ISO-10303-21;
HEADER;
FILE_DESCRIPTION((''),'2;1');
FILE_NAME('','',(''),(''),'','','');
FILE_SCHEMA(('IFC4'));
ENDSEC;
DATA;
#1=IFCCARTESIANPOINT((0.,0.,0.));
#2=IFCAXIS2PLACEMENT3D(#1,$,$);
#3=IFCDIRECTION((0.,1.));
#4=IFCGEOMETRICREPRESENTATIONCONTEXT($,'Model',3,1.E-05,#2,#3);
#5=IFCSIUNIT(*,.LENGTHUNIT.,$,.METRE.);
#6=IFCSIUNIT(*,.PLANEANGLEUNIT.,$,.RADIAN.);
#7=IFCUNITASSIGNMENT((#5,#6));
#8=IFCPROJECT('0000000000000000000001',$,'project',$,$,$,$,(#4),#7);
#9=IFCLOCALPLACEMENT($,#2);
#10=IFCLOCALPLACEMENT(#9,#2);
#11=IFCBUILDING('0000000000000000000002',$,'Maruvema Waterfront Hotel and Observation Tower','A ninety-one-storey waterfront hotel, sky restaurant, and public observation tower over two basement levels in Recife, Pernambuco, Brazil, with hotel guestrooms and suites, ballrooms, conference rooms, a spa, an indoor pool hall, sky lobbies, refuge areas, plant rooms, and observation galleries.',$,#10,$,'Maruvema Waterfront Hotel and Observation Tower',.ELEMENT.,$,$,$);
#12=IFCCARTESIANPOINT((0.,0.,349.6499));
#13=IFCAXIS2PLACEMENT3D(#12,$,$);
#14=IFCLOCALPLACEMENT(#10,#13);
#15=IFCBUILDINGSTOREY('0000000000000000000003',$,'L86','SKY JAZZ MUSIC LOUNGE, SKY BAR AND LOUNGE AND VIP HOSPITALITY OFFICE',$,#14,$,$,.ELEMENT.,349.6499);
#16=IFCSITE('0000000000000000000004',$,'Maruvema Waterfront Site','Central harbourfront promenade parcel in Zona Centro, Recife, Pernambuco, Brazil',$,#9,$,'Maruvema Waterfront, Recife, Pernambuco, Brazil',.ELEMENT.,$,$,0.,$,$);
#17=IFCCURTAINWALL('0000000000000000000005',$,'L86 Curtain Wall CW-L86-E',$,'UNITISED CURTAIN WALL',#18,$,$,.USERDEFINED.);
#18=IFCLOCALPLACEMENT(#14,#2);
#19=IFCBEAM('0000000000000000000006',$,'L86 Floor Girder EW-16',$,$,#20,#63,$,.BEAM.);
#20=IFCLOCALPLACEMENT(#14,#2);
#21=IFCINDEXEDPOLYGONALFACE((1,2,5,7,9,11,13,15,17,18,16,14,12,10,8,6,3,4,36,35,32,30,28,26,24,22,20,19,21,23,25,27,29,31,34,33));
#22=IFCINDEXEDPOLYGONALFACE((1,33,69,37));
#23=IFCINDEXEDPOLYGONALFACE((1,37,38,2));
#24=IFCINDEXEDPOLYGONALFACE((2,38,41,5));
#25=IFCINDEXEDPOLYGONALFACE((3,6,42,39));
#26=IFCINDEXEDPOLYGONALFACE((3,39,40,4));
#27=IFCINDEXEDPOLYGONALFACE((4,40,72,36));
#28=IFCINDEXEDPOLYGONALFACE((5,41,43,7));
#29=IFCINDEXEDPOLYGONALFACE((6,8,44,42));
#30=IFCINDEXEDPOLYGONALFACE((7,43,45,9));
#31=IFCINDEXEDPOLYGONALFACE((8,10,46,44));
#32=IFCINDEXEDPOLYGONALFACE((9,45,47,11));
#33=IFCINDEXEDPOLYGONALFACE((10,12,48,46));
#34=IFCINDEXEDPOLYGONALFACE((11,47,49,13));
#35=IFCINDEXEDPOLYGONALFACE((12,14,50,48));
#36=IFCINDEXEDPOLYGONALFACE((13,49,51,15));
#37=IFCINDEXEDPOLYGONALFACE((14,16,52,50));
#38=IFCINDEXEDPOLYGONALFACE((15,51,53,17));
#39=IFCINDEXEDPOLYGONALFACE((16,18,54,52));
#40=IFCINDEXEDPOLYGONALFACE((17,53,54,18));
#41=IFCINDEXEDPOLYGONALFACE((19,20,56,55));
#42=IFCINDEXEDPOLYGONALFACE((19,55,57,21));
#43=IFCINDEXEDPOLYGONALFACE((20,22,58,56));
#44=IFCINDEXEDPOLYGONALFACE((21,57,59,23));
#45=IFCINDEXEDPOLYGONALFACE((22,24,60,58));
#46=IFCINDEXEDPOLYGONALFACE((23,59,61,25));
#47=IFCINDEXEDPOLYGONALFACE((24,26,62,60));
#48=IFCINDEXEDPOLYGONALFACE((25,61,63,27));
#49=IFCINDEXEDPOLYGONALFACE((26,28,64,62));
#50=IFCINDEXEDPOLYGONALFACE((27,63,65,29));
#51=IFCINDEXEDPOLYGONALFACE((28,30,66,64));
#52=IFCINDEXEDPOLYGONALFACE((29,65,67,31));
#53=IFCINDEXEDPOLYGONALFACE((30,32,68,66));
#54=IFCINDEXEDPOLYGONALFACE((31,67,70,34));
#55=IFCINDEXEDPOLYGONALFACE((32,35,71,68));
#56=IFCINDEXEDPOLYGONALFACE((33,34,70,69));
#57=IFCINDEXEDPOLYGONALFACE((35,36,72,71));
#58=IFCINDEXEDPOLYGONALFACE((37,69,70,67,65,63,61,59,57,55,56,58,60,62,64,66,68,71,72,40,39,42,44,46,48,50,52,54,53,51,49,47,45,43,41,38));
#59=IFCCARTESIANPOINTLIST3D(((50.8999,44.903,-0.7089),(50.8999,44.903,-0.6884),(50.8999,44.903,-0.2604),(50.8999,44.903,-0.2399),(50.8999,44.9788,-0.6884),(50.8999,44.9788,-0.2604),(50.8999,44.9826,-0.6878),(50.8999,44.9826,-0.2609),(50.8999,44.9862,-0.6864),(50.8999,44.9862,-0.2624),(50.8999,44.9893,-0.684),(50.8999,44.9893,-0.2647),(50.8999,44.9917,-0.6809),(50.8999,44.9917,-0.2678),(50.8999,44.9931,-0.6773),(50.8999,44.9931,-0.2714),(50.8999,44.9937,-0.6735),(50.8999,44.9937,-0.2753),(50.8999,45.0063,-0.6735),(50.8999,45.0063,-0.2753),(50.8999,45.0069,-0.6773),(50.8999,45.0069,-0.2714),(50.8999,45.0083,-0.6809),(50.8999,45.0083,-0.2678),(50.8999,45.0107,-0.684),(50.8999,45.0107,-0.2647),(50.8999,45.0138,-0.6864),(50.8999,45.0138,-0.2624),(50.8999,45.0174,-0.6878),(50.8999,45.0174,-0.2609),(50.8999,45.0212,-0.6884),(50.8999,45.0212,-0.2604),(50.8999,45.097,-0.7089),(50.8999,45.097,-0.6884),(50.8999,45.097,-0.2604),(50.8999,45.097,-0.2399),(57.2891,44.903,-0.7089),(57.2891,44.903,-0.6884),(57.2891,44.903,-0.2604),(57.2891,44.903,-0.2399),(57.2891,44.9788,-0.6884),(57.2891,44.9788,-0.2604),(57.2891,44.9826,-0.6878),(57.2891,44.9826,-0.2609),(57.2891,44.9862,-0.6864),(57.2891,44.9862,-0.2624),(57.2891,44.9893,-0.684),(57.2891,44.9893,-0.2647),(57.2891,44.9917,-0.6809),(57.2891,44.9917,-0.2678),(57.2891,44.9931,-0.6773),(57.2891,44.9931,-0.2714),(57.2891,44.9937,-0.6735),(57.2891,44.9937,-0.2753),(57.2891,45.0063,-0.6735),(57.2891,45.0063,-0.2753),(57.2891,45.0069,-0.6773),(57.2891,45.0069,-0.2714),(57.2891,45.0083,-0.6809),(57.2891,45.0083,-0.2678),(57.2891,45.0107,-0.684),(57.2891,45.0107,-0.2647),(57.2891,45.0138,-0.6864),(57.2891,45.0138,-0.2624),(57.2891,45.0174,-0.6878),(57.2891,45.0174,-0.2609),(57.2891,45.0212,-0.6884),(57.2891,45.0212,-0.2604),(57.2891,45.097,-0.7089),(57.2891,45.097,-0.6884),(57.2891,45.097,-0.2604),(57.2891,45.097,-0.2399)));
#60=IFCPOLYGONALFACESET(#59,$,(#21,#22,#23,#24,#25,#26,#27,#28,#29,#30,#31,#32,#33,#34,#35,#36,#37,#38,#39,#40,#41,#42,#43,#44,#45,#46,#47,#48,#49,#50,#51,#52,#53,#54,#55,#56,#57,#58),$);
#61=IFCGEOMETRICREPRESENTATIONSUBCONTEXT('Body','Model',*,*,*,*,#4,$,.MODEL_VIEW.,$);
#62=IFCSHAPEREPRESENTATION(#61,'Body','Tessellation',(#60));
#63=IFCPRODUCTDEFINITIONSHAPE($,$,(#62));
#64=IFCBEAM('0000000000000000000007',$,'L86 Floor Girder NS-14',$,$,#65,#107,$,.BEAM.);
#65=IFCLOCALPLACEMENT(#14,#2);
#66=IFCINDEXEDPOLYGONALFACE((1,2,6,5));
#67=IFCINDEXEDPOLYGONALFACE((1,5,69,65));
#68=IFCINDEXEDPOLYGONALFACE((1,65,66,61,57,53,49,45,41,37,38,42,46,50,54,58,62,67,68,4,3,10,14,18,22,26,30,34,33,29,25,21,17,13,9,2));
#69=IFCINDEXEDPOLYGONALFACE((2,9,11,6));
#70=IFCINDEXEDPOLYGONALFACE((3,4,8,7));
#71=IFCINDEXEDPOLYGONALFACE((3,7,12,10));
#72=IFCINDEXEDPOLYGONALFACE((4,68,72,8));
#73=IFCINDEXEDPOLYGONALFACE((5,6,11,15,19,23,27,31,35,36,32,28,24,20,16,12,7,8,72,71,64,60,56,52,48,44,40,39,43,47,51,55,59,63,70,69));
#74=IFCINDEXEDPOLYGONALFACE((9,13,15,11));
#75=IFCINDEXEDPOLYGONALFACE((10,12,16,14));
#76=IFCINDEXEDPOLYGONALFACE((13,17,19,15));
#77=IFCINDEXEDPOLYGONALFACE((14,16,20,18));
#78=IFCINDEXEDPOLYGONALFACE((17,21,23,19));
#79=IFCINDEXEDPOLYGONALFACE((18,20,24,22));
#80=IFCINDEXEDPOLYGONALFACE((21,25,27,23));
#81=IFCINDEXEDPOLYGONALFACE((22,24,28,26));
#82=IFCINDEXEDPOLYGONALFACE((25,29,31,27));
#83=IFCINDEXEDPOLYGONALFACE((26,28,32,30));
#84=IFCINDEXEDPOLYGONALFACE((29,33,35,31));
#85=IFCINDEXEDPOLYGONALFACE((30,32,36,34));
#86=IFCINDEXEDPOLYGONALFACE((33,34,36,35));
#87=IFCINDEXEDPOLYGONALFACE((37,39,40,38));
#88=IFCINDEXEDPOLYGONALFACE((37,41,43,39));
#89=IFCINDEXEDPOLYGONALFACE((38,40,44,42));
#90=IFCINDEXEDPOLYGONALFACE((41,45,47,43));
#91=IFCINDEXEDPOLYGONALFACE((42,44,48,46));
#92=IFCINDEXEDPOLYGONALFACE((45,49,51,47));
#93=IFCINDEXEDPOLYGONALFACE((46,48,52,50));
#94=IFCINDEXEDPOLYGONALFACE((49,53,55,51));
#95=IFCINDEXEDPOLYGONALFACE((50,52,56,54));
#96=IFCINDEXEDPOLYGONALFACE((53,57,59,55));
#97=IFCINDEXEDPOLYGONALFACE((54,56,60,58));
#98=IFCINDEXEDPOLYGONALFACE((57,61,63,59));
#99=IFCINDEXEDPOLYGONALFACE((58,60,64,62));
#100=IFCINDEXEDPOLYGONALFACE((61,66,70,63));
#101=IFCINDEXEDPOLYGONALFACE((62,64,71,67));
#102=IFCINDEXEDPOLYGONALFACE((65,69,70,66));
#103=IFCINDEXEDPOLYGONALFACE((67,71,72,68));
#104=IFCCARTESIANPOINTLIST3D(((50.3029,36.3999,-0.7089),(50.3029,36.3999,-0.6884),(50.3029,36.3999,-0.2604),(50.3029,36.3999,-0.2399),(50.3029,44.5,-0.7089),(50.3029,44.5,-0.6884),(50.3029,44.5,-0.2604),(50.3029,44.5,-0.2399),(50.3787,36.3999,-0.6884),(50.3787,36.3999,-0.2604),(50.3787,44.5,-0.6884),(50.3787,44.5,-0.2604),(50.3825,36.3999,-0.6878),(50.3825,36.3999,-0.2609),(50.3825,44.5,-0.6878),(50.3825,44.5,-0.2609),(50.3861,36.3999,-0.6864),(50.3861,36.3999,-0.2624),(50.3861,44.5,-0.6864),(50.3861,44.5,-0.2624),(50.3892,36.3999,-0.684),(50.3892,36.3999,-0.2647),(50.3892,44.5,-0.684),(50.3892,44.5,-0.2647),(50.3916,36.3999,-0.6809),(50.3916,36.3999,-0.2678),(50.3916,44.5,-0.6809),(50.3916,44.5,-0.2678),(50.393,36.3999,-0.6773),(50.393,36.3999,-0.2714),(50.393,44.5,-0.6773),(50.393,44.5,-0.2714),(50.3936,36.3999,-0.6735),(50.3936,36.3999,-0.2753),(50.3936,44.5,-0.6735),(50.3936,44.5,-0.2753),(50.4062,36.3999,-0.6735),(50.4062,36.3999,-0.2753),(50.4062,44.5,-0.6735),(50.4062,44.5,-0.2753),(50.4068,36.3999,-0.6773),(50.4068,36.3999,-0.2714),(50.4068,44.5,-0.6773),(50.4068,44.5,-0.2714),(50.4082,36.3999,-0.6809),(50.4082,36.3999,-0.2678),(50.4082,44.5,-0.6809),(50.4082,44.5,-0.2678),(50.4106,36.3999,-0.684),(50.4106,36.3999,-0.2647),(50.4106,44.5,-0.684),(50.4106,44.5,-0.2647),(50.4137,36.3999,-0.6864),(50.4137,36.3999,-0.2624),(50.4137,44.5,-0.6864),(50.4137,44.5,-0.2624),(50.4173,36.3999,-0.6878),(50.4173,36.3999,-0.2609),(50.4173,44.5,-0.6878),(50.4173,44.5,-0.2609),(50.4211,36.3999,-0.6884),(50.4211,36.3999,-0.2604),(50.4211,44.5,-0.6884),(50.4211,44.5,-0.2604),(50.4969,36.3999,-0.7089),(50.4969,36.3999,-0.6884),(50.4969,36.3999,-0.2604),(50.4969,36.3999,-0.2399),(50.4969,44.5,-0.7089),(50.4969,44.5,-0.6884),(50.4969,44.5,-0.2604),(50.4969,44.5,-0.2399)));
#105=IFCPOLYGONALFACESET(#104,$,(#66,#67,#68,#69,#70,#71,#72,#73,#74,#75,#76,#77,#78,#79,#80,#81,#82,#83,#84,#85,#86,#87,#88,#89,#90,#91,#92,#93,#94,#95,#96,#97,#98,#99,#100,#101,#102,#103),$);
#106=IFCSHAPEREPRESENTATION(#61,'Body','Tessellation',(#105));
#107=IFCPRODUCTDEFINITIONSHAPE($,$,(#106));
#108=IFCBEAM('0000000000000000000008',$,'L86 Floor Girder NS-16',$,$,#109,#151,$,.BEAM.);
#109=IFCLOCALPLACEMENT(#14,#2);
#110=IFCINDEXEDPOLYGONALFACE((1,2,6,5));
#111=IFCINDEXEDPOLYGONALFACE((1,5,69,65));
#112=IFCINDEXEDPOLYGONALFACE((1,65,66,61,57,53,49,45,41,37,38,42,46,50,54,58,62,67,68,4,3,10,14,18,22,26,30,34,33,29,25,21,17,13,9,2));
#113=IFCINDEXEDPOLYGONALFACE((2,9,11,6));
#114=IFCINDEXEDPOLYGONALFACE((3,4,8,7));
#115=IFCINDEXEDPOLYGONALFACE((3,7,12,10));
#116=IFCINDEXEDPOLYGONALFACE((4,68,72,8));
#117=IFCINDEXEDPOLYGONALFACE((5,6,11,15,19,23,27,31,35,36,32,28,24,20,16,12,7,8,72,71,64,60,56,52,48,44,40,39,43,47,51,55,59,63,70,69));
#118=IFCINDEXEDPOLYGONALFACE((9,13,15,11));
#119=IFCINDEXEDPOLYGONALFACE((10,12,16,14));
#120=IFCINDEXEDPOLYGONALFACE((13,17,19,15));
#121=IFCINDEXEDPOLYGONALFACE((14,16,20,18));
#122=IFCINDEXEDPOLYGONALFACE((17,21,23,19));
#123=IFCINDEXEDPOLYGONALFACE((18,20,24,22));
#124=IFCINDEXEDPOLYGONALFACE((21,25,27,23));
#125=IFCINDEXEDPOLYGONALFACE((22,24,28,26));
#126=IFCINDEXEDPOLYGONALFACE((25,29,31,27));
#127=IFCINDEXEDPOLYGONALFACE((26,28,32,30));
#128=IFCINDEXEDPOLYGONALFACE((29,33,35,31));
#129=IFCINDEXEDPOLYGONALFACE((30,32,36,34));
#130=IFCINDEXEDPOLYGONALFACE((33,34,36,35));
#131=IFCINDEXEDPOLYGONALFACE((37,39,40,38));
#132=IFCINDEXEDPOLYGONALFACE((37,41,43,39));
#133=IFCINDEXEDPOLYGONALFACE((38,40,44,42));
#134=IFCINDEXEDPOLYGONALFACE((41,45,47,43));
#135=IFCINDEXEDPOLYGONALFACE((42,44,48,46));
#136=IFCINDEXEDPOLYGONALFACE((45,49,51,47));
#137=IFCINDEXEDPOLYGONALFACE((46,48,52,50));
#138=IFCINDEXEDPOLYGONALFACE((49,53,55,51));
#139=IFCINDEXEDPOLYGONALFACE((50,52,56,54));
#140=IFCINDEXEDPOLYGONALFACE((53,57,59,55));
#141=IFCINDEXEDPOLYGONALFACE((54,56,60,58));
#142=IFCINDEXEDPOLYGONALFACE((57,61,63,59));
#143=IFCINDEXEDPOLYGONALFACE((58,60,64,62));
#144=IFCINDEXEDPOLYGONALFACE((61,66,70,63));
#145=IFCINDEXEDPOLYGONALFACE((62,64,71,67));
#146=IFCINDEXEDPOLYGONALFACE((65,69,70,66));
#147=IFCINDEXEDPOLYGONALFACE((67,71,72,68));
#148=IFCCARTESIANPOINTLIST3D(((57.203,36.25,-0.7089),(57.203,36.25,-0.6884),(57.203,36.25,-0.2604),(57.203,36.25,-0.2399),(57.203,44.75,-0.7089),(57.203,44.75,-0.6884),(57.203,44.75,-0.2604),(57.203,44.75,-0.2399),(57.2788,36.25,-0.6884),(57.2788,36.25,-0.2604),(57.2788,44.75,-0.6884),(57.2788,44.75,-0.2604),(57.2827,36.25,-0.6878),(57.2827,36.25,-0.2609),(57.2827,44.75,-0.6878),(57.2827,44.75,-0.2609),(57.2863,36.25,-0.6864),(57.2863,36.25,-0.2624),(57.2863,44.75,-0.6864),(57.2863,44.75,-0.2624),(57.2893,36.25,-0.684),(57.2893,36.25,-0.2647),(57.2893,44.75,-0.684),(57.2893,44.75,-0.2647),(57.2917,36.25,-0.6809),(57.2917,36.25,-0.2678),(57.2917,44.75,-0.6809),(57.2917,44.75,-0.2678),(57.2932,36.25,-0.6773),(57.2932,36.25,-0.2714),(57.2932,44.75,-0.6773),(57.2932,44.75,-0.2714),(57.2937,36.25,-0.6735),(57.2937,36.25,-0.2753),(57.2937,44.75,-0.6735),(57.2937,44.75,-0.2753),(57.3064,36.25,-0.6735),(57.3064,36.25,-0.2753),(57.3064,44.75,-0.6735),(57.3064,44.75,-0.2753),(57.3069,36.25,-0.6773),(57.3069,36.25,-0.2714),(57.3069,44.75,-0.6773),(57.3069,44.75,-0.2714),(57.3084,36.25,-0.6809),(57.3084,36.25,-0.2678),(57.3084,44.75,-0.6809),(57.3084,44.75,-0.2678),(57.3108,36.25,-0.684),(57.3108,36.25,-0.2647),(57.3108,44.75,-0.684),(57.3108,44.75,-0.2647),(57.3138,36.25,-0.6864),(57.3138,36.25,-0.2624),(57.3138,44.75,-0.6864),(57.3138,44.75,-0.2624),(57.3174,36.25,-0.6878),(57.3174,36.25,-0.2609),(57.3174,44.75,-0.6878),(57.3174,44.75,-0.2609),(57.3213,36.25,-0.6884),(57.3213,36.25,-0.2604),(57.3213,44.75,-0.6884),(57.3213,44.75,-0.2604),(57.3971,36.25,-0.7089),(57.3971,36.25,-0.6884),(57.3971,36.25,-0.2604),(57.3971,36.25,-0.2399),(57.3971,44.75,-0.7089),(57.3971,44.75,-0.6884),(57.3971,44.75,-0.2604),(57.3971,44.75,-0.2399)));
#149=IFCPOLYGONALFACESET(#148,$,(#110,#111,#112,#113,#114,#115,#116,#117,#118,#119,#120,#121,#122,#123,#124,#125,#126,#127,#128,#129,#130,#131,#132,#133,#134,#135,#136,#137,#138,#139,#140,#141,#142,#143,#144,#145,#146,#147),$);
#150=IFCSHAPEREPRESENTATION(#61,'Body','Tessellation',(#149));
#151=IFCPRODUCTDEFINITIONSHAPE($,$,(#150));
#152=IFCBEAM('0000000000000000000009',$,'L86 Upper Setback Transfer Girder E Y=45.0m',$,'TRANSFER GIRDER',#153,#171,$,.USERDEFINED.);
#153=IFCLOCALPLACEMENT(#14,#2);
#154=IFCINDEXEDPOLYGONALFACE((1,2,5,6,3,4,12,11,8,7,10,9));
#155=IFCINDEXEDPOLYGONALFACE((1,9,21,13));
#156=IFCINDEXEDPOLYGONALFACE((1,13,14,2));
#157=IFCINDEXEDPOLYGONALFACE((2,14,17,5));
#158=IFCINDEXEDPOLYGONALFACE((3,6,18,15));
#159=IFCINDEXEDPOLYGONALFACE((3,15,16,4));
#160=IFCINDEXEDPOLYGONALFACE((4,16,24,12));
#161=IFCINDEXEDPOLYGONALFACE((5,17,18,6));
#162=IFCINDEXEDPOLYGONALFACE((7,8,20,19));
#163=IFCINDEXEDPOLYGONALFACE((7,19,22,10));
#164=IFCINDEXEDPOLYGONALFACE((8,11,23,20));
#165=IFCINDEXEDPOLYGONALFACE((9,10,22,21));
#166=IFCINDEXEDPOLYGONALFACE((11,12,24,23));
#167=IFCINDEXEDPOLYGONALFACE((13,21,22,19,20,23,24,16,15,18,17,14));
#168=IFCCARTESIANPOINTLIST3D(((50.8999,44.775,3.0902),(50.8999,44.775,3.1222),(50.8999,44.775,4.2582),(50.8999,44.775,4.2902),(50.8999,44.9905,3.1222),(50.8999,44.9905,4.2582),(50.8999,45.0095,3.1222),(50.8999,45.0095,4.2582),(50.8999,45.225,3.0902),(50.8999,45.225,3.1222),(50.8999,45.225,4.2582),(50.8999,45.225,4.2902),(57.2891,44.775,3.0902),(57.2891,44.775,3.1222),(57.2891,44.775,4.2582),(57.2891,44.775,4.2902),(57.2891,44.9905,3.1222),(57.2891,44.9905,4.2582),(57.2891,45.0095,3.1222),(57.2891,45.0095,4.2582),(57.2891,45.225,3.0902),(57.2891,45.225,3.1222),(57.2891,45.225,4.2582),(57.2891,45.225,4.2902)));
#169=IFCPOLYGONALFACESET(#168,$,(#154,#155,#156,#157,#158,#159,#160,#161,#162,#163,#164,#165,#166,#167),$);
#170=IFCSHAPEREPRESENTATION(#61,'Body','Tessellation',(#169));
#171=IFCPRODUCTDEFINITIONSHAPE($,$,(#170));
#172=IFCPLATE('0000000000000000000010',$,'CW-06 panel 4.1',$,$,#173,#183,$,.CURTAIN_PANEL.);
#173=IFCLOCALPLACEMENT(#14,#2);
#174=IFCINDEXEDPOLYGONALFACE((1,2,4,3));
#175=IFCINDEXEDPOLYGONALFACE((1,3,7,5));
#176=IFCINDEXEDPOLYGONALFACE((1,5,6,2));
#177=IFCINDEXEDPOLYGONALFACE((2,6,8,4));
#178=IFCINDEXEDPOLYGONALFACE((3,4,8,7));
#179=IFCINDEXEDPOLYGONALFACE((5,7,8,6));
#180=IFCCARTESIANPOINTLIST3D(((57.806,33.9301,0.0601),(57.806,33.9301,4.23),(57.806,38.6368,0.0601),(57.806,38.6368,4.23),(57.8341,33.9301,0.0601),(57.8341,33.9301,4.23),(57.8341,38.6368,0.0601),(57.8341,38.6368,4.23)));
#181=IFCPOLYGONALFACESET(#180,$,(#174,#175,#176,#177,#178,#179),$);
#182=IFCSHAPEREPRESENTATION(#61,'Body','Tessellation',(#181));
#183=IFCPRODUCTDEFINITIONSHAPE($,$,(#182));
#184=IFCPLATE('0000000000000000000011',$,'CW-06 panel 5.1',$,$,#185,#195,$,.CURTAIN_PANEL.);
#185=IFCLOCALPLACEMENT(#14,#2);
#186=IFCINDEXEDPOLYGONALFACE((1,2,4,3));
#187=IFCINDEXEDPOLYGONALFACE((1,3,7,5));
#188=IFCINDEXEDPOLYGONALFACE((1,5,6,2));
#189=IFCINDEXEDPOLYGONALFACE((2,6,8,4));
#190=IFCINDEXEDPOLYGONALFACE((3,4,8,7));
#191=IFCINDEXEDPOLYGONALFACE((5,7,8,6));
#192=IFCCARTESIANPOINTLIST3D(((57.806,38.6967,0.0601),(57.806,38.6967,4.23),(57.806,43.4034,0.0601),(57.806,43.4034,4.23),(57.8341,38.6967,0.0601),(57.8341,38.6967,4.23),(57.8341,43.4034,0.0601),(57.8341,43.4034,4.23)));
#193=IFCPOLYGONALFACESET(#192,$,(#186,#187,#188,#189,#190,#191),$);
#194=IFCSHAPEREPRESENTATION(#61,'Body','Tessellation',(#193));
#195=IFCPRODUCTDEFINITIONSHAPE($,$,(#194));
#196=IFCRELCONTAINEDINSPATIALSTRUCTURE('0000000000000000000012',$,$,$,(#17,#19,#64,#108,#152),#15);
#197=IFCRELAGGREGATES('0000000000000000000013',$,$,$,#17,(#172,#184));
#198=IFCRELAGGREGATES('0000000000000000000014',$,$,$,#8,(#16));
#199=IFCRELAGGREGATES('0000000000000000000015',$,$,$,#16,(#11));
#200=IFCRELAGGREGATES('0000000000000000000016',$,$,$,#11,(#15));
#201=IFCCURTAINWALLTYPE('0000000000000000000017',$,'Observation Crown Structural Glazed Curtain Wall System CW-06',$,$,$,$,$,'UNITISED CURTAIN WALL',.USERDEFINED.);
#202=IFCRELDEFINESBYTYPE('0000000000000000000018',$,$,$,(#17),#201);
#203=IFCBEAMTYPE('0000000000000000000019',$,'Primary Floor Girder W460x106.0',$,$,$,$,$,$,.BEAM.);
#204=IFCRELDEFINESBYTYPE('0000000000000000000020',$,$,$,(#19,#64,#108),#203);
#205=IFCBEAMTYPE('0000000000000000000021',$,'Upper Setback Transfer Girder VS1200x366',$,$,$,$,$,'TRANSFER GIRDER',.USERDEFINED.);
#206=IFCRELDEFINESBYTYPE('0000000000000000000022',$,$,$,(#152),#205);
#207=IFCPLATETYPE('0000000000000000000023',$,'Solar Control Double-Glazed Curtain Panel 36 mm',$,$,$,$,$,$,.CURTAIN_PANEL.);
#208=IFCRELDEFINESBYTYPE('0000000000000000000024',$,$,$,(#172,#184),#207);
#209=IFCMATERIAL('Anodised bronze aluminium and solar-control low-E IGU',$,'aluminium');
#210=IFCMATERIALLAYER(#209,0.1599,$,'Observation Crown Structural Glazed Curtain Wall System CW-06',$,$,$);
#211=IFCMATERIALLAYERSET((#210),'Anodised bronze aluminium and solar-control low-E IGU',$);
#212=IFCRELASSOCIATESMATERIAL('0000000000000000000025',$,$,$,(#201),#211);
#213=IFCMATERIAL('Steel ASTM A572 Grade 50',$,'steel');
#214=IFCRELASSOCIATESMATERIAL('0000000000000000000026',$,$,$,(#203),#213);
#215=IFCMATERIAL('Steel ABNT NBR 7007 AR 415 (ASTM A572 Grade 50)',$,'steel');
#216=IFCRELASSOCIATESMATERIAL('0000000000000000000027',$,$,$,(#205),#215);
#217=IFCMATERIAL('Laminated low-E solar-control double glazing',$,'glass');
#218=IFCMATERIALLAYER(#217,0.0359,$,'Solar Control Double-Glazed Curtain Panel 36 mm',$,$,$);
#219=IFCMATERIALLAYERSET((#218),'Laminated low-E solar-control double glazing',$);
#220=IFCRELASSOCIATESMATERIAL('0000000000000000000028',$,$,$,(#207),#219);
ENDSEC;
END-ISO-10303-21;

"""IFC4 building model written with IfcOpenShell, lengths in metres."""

from ifc_helpers import new_model, si_unit, direction, frame, origin, origin_2d, place, context, subcontext, project, spatial, rectangle, i_section, extrude, material, layer, layer_set, material_profile, profile_set, type_object, element, aggregate, save


model = new_model("IFC4")

# Units and contexts
model_context = context("Model", 3, precision=1e-05, world=origin(), true_north=direction((0.0, 1.0)))
body_context = subcontext(model_context, "Body", "Model", "MODEL_VIEW")
ifc_project = project(units=[si_unit("LENGTHUNIT", "METRE"), si_unit("PLANEANGLEUNIT", "RADIAN")], contexts=[model_context])

# Site, building, storey
site_placement = place(None, origin())
site = spatial("IfcSite", under=ifc_project, at=site_placement, Name="Maruvema Waterfront Site", Description="Central harbourfront promenade parcel in Zona Centro, Recife, Pernambuco, Brazil", LongName="Maruvema Waterfront, Recife, Pernambuco, Brazil", CompositionType="ELEMENT", RefElevation=0.0)
building_placement = place(site_placement, origin())
building = spatial("IfcBuilding", under=site, at=building_placement, Name="Maruvema Waterfront Hotel and Observation Tower", Description="A ninety-one-storey waterfront hotel, sky restaurant, and public observation tower over two basement levels in Recife, Pernambuco, Brazil, with hotel guestrooms and suites, ballrooms, conference rooms, a spa, an indoor pool hall, sky lobbies, refuge areas, plant rooms, and observation galleries.", LongName="Maruvema Waterfront Hotel and Observation Tower", CompositionType="ELEMENT")
storey_placement = place(building_placement, frame((0.0, 0.0, 349.6499)))
storey = spatial("IfcBuildingStorey", under=building, at=storey_placement, Name="L86", Description="SKY JAZZ MUSIC LOUNGE, SKY BAR AND LOUNGE AND VIP HOSPITALITY OFFICE", CompositionType="ELEMENT", Elevation=349.6499)

# Curtain wall
ifc_material_1 = material(Name="Anodised bronze aluminium and solar-control low-E IGU", Category="aluminium")
ifc_layer_1 = layer(ifc_material_1, 0.1599, Name="Observation Crown Structural Glazed Curtain Wall System CW-06")
ifc_layer_set_1 = layer_set([ifc_layer_1], Name="Anodised bronze aluminium and solar-control low-E IGU")
curtain_wall_type = type_object("IfcCurtainWallType", Name="Observation Crown Structural Glazed Curtain Wall System CW-06", ElementType="UNITISED CURTAIN WALL", PredefinedType="USERDEFINED", material=ifc_layer_set_1)
curtain_wall_placement = place(storey_placement, origin())
curtain_wall = element("IfcCurtainWall", 1, at=curtain_wall_placement, inside=storey, type_object=curtain_wall_type, Name="L86 Curtain Wall CW-L86-E", ObjectType="UNITISED CURTAIN WALL", PredefinedType="USERDEFINED")

# Beams
ifc_material_2 = material(Name="Steel ASTM A572 Grade 50", Category="steel")
ifc_material_profile_1 = material_profile(ifc_material_2, i_section(OverallWidth=0.1941, OverallDepth=0.469, WebThickness=0.0127, FlangeThickness=0.0205, FilletRadius=0.0149, at=origin_2d()), Name="W460x106.0")
ifc_profile_set_1 = profile_set([ifc_material_profile_1], Name="Steel ASTM A572 Grade 50")
beam_type_1 = type_object("IfcBeamType", Name="Primary Floor Girder W460x106.0", PredefinedType="BEAM", material=ifc_profile_set_1)
beam_1_placement = place(storey_placement, frame((50.8999, 45.0, -0.4744), z_axis=(1.0, 0.0, 0.0), x_axis=(0.0, 1.0, 0.0)))
element("IfcBeam", 2, at=beam_1_placement, inside=storey, type_object=beam_type_1, Name="L86 Floor Girder EW-16", PredefinedType="BEAM", context=body_context, shape_type="SweptSolid", body=[
    extrude(i_section(OverallWidth=0.1941, OverallDepth=0.469, WebThickness=0.0127, FlangeThickness=0.0205, FilletRadius=0.0149, at=origin_2d()), origin(), (0.0, 0.0, 1.0), 6.3892),
])
beam_2_placement = place(storey_placement, frame((50.3999, 36.3999, -0.4744), z_axis=(0.0, 1.0, 0.0), x_axis=(-1.0, 0.0, 0.0)))
element("IfcBeam", 3, at=beam_2_placement, inside=storey, type_object=beam_type_1, Name="L86 Floor Girder NS-14", PredefinedType="BEAM", context=body_context, shape_type="SweptSolid", body=[
    extrude(i_section(OverallWidth=0.1941, OverallDepth=0.469, WebThickness=0.0127, FlangeThickness=0.0205, FilletRadius=0.0149, at=origin_2d()), origin(), (0.0, 0.0, 1.0), 8.1001),
])
beam_3_placement = place(storey_placement, frame((57.3, 36.25, -0.4744), z_axis=(0.0, 1.0, 0.0), x_axis=(-1.0, 0.0, 0.0)))
element("IfcBeam", 4, at=beam_3_placement, inside=storey, type_object=beam_type_1, Name="L86 Floor Girder NS-16", PredefinedType="BEAM", context=body_context, shape_type="SweptSolid", body=[
    extrude(i_section(OverallWidth=0.1941, OverallDepth=0.469, WebThickness=0.0127, FlangeThickness=0.0205, FilletRadius=0.0149, at=origin_2d()), origin(), (0.0, 0.0, 1.0), 8.5),
])
ifc_material_3 = material(Name="Steel ABNT NBR 7007 AR 415 (ASTM A572 Grade 50)", Category="steel")
ifc_material_profile_2 = material_profile(ifc_material_3, i_section(OverallWidth=0.45, OverallDepth=1.2, WebThickness=0.019, FlangeThickness=0.032, at=origin_2d()), Name="VS1200x366")
ifc_profile_set_2 = profile_set([ifc_material_profile_2], Name="Steel ABNT NBR 7007 AR 415 (ASTM A572 Grade 50)")
beam_type_2 = type_object("IfcBeamType", Name="Upper Setback Transfer Girder VS1200x366", ElementType="TRANSFER GIRDER", PredefinedType="USERDEFINED", material=ifc_profile_set_2)
beam_4_placement = place(storey_placement, frame((50.8999, 45.0, 3.6902), z_axis=(1.0, 0.0, 0.0), x_axis=(0.0, 1.0, 0.0)))
element("IfcBeam", 5, at=beam_4_placement, inside=storey, type_object=beam_type_2, Name="L86 Upper Setback Transfer Girder E Y=45.0m", ObjectType="TRANSFER GIRDER", PredefinedType="USERDEFINED", context=body_context, shape_type="SweptSolid", body=[
    extrude(i_section(OverallWidth=0.45, OverallDepth=1.2, WebThickness=0.019, FlangeThickness=0.032, at=origin_2d()), origin(), (0.0, 0.0, 1.0), 6.3892),
])

# Plates
ifc_material_4 = material(Name="Laminated low-E solar-control double glazing", Category="glass")
ifc_layer_2 = layer(ifc_material_4, 0.0359, Name="Solar Control Double-Glazed Curtain Panel 36 mm")
ifc_layer_set_2 = layer_set([ifc_layer_2], Name="Laminated low-E solar-control double glazing")
plate_type = type_object("IfcPlateType", Name="Solar Control Double-Glazed Curtain Panel 36 mm", PredefinedType="CURTAIN_PANEL", material=ifc_layer_set_2)
plate_1_placement = place(storey_placement, frame((57.8201, 36.2834, 0.0601), z_axis=(0.0, 0.0, 1.0), x_axis=(0.0, 1.0, 0.0)))
plate_1 = element("IfcPlate", 6, at=plate_1_placement, type_object=plate_type, Name="CW-06 panel 4.1", PredefinedType="CURTAIN_PANEL", context=body_context, shape_type="SweptSolid", body=[
    extrude(rectangle(XDim=4.7068, YDim=0.0281, at=origin_2d()), origin(), (0.0, 0.0, 1.0), 4.1699),
])
plate_2_placement = place(storey_placement, frame((57.8201, 41.05, 0.0601), z_axis=(0.0, 0.0, 1.0), x_axis=(0.0, 1.0, 0.0)))
plate_2 = element("IfcPlate", 7, at=plate_2_placement, type_object=plate_type, Name="CW-06 panel 5.1", PredefinedType="CURTAIN_PANEL", context=body_context, shape_type="SweptSolid", body=[
    extrude(rectangle(XDim=4.7068, YDim=0.0281, at=origin_2d()), origin(), (0.0, 0.0, 1.0), 4.1699),
])
aggregate(curtain_wall, [plate_1, plate_2])

save(model, "model.ifc")
